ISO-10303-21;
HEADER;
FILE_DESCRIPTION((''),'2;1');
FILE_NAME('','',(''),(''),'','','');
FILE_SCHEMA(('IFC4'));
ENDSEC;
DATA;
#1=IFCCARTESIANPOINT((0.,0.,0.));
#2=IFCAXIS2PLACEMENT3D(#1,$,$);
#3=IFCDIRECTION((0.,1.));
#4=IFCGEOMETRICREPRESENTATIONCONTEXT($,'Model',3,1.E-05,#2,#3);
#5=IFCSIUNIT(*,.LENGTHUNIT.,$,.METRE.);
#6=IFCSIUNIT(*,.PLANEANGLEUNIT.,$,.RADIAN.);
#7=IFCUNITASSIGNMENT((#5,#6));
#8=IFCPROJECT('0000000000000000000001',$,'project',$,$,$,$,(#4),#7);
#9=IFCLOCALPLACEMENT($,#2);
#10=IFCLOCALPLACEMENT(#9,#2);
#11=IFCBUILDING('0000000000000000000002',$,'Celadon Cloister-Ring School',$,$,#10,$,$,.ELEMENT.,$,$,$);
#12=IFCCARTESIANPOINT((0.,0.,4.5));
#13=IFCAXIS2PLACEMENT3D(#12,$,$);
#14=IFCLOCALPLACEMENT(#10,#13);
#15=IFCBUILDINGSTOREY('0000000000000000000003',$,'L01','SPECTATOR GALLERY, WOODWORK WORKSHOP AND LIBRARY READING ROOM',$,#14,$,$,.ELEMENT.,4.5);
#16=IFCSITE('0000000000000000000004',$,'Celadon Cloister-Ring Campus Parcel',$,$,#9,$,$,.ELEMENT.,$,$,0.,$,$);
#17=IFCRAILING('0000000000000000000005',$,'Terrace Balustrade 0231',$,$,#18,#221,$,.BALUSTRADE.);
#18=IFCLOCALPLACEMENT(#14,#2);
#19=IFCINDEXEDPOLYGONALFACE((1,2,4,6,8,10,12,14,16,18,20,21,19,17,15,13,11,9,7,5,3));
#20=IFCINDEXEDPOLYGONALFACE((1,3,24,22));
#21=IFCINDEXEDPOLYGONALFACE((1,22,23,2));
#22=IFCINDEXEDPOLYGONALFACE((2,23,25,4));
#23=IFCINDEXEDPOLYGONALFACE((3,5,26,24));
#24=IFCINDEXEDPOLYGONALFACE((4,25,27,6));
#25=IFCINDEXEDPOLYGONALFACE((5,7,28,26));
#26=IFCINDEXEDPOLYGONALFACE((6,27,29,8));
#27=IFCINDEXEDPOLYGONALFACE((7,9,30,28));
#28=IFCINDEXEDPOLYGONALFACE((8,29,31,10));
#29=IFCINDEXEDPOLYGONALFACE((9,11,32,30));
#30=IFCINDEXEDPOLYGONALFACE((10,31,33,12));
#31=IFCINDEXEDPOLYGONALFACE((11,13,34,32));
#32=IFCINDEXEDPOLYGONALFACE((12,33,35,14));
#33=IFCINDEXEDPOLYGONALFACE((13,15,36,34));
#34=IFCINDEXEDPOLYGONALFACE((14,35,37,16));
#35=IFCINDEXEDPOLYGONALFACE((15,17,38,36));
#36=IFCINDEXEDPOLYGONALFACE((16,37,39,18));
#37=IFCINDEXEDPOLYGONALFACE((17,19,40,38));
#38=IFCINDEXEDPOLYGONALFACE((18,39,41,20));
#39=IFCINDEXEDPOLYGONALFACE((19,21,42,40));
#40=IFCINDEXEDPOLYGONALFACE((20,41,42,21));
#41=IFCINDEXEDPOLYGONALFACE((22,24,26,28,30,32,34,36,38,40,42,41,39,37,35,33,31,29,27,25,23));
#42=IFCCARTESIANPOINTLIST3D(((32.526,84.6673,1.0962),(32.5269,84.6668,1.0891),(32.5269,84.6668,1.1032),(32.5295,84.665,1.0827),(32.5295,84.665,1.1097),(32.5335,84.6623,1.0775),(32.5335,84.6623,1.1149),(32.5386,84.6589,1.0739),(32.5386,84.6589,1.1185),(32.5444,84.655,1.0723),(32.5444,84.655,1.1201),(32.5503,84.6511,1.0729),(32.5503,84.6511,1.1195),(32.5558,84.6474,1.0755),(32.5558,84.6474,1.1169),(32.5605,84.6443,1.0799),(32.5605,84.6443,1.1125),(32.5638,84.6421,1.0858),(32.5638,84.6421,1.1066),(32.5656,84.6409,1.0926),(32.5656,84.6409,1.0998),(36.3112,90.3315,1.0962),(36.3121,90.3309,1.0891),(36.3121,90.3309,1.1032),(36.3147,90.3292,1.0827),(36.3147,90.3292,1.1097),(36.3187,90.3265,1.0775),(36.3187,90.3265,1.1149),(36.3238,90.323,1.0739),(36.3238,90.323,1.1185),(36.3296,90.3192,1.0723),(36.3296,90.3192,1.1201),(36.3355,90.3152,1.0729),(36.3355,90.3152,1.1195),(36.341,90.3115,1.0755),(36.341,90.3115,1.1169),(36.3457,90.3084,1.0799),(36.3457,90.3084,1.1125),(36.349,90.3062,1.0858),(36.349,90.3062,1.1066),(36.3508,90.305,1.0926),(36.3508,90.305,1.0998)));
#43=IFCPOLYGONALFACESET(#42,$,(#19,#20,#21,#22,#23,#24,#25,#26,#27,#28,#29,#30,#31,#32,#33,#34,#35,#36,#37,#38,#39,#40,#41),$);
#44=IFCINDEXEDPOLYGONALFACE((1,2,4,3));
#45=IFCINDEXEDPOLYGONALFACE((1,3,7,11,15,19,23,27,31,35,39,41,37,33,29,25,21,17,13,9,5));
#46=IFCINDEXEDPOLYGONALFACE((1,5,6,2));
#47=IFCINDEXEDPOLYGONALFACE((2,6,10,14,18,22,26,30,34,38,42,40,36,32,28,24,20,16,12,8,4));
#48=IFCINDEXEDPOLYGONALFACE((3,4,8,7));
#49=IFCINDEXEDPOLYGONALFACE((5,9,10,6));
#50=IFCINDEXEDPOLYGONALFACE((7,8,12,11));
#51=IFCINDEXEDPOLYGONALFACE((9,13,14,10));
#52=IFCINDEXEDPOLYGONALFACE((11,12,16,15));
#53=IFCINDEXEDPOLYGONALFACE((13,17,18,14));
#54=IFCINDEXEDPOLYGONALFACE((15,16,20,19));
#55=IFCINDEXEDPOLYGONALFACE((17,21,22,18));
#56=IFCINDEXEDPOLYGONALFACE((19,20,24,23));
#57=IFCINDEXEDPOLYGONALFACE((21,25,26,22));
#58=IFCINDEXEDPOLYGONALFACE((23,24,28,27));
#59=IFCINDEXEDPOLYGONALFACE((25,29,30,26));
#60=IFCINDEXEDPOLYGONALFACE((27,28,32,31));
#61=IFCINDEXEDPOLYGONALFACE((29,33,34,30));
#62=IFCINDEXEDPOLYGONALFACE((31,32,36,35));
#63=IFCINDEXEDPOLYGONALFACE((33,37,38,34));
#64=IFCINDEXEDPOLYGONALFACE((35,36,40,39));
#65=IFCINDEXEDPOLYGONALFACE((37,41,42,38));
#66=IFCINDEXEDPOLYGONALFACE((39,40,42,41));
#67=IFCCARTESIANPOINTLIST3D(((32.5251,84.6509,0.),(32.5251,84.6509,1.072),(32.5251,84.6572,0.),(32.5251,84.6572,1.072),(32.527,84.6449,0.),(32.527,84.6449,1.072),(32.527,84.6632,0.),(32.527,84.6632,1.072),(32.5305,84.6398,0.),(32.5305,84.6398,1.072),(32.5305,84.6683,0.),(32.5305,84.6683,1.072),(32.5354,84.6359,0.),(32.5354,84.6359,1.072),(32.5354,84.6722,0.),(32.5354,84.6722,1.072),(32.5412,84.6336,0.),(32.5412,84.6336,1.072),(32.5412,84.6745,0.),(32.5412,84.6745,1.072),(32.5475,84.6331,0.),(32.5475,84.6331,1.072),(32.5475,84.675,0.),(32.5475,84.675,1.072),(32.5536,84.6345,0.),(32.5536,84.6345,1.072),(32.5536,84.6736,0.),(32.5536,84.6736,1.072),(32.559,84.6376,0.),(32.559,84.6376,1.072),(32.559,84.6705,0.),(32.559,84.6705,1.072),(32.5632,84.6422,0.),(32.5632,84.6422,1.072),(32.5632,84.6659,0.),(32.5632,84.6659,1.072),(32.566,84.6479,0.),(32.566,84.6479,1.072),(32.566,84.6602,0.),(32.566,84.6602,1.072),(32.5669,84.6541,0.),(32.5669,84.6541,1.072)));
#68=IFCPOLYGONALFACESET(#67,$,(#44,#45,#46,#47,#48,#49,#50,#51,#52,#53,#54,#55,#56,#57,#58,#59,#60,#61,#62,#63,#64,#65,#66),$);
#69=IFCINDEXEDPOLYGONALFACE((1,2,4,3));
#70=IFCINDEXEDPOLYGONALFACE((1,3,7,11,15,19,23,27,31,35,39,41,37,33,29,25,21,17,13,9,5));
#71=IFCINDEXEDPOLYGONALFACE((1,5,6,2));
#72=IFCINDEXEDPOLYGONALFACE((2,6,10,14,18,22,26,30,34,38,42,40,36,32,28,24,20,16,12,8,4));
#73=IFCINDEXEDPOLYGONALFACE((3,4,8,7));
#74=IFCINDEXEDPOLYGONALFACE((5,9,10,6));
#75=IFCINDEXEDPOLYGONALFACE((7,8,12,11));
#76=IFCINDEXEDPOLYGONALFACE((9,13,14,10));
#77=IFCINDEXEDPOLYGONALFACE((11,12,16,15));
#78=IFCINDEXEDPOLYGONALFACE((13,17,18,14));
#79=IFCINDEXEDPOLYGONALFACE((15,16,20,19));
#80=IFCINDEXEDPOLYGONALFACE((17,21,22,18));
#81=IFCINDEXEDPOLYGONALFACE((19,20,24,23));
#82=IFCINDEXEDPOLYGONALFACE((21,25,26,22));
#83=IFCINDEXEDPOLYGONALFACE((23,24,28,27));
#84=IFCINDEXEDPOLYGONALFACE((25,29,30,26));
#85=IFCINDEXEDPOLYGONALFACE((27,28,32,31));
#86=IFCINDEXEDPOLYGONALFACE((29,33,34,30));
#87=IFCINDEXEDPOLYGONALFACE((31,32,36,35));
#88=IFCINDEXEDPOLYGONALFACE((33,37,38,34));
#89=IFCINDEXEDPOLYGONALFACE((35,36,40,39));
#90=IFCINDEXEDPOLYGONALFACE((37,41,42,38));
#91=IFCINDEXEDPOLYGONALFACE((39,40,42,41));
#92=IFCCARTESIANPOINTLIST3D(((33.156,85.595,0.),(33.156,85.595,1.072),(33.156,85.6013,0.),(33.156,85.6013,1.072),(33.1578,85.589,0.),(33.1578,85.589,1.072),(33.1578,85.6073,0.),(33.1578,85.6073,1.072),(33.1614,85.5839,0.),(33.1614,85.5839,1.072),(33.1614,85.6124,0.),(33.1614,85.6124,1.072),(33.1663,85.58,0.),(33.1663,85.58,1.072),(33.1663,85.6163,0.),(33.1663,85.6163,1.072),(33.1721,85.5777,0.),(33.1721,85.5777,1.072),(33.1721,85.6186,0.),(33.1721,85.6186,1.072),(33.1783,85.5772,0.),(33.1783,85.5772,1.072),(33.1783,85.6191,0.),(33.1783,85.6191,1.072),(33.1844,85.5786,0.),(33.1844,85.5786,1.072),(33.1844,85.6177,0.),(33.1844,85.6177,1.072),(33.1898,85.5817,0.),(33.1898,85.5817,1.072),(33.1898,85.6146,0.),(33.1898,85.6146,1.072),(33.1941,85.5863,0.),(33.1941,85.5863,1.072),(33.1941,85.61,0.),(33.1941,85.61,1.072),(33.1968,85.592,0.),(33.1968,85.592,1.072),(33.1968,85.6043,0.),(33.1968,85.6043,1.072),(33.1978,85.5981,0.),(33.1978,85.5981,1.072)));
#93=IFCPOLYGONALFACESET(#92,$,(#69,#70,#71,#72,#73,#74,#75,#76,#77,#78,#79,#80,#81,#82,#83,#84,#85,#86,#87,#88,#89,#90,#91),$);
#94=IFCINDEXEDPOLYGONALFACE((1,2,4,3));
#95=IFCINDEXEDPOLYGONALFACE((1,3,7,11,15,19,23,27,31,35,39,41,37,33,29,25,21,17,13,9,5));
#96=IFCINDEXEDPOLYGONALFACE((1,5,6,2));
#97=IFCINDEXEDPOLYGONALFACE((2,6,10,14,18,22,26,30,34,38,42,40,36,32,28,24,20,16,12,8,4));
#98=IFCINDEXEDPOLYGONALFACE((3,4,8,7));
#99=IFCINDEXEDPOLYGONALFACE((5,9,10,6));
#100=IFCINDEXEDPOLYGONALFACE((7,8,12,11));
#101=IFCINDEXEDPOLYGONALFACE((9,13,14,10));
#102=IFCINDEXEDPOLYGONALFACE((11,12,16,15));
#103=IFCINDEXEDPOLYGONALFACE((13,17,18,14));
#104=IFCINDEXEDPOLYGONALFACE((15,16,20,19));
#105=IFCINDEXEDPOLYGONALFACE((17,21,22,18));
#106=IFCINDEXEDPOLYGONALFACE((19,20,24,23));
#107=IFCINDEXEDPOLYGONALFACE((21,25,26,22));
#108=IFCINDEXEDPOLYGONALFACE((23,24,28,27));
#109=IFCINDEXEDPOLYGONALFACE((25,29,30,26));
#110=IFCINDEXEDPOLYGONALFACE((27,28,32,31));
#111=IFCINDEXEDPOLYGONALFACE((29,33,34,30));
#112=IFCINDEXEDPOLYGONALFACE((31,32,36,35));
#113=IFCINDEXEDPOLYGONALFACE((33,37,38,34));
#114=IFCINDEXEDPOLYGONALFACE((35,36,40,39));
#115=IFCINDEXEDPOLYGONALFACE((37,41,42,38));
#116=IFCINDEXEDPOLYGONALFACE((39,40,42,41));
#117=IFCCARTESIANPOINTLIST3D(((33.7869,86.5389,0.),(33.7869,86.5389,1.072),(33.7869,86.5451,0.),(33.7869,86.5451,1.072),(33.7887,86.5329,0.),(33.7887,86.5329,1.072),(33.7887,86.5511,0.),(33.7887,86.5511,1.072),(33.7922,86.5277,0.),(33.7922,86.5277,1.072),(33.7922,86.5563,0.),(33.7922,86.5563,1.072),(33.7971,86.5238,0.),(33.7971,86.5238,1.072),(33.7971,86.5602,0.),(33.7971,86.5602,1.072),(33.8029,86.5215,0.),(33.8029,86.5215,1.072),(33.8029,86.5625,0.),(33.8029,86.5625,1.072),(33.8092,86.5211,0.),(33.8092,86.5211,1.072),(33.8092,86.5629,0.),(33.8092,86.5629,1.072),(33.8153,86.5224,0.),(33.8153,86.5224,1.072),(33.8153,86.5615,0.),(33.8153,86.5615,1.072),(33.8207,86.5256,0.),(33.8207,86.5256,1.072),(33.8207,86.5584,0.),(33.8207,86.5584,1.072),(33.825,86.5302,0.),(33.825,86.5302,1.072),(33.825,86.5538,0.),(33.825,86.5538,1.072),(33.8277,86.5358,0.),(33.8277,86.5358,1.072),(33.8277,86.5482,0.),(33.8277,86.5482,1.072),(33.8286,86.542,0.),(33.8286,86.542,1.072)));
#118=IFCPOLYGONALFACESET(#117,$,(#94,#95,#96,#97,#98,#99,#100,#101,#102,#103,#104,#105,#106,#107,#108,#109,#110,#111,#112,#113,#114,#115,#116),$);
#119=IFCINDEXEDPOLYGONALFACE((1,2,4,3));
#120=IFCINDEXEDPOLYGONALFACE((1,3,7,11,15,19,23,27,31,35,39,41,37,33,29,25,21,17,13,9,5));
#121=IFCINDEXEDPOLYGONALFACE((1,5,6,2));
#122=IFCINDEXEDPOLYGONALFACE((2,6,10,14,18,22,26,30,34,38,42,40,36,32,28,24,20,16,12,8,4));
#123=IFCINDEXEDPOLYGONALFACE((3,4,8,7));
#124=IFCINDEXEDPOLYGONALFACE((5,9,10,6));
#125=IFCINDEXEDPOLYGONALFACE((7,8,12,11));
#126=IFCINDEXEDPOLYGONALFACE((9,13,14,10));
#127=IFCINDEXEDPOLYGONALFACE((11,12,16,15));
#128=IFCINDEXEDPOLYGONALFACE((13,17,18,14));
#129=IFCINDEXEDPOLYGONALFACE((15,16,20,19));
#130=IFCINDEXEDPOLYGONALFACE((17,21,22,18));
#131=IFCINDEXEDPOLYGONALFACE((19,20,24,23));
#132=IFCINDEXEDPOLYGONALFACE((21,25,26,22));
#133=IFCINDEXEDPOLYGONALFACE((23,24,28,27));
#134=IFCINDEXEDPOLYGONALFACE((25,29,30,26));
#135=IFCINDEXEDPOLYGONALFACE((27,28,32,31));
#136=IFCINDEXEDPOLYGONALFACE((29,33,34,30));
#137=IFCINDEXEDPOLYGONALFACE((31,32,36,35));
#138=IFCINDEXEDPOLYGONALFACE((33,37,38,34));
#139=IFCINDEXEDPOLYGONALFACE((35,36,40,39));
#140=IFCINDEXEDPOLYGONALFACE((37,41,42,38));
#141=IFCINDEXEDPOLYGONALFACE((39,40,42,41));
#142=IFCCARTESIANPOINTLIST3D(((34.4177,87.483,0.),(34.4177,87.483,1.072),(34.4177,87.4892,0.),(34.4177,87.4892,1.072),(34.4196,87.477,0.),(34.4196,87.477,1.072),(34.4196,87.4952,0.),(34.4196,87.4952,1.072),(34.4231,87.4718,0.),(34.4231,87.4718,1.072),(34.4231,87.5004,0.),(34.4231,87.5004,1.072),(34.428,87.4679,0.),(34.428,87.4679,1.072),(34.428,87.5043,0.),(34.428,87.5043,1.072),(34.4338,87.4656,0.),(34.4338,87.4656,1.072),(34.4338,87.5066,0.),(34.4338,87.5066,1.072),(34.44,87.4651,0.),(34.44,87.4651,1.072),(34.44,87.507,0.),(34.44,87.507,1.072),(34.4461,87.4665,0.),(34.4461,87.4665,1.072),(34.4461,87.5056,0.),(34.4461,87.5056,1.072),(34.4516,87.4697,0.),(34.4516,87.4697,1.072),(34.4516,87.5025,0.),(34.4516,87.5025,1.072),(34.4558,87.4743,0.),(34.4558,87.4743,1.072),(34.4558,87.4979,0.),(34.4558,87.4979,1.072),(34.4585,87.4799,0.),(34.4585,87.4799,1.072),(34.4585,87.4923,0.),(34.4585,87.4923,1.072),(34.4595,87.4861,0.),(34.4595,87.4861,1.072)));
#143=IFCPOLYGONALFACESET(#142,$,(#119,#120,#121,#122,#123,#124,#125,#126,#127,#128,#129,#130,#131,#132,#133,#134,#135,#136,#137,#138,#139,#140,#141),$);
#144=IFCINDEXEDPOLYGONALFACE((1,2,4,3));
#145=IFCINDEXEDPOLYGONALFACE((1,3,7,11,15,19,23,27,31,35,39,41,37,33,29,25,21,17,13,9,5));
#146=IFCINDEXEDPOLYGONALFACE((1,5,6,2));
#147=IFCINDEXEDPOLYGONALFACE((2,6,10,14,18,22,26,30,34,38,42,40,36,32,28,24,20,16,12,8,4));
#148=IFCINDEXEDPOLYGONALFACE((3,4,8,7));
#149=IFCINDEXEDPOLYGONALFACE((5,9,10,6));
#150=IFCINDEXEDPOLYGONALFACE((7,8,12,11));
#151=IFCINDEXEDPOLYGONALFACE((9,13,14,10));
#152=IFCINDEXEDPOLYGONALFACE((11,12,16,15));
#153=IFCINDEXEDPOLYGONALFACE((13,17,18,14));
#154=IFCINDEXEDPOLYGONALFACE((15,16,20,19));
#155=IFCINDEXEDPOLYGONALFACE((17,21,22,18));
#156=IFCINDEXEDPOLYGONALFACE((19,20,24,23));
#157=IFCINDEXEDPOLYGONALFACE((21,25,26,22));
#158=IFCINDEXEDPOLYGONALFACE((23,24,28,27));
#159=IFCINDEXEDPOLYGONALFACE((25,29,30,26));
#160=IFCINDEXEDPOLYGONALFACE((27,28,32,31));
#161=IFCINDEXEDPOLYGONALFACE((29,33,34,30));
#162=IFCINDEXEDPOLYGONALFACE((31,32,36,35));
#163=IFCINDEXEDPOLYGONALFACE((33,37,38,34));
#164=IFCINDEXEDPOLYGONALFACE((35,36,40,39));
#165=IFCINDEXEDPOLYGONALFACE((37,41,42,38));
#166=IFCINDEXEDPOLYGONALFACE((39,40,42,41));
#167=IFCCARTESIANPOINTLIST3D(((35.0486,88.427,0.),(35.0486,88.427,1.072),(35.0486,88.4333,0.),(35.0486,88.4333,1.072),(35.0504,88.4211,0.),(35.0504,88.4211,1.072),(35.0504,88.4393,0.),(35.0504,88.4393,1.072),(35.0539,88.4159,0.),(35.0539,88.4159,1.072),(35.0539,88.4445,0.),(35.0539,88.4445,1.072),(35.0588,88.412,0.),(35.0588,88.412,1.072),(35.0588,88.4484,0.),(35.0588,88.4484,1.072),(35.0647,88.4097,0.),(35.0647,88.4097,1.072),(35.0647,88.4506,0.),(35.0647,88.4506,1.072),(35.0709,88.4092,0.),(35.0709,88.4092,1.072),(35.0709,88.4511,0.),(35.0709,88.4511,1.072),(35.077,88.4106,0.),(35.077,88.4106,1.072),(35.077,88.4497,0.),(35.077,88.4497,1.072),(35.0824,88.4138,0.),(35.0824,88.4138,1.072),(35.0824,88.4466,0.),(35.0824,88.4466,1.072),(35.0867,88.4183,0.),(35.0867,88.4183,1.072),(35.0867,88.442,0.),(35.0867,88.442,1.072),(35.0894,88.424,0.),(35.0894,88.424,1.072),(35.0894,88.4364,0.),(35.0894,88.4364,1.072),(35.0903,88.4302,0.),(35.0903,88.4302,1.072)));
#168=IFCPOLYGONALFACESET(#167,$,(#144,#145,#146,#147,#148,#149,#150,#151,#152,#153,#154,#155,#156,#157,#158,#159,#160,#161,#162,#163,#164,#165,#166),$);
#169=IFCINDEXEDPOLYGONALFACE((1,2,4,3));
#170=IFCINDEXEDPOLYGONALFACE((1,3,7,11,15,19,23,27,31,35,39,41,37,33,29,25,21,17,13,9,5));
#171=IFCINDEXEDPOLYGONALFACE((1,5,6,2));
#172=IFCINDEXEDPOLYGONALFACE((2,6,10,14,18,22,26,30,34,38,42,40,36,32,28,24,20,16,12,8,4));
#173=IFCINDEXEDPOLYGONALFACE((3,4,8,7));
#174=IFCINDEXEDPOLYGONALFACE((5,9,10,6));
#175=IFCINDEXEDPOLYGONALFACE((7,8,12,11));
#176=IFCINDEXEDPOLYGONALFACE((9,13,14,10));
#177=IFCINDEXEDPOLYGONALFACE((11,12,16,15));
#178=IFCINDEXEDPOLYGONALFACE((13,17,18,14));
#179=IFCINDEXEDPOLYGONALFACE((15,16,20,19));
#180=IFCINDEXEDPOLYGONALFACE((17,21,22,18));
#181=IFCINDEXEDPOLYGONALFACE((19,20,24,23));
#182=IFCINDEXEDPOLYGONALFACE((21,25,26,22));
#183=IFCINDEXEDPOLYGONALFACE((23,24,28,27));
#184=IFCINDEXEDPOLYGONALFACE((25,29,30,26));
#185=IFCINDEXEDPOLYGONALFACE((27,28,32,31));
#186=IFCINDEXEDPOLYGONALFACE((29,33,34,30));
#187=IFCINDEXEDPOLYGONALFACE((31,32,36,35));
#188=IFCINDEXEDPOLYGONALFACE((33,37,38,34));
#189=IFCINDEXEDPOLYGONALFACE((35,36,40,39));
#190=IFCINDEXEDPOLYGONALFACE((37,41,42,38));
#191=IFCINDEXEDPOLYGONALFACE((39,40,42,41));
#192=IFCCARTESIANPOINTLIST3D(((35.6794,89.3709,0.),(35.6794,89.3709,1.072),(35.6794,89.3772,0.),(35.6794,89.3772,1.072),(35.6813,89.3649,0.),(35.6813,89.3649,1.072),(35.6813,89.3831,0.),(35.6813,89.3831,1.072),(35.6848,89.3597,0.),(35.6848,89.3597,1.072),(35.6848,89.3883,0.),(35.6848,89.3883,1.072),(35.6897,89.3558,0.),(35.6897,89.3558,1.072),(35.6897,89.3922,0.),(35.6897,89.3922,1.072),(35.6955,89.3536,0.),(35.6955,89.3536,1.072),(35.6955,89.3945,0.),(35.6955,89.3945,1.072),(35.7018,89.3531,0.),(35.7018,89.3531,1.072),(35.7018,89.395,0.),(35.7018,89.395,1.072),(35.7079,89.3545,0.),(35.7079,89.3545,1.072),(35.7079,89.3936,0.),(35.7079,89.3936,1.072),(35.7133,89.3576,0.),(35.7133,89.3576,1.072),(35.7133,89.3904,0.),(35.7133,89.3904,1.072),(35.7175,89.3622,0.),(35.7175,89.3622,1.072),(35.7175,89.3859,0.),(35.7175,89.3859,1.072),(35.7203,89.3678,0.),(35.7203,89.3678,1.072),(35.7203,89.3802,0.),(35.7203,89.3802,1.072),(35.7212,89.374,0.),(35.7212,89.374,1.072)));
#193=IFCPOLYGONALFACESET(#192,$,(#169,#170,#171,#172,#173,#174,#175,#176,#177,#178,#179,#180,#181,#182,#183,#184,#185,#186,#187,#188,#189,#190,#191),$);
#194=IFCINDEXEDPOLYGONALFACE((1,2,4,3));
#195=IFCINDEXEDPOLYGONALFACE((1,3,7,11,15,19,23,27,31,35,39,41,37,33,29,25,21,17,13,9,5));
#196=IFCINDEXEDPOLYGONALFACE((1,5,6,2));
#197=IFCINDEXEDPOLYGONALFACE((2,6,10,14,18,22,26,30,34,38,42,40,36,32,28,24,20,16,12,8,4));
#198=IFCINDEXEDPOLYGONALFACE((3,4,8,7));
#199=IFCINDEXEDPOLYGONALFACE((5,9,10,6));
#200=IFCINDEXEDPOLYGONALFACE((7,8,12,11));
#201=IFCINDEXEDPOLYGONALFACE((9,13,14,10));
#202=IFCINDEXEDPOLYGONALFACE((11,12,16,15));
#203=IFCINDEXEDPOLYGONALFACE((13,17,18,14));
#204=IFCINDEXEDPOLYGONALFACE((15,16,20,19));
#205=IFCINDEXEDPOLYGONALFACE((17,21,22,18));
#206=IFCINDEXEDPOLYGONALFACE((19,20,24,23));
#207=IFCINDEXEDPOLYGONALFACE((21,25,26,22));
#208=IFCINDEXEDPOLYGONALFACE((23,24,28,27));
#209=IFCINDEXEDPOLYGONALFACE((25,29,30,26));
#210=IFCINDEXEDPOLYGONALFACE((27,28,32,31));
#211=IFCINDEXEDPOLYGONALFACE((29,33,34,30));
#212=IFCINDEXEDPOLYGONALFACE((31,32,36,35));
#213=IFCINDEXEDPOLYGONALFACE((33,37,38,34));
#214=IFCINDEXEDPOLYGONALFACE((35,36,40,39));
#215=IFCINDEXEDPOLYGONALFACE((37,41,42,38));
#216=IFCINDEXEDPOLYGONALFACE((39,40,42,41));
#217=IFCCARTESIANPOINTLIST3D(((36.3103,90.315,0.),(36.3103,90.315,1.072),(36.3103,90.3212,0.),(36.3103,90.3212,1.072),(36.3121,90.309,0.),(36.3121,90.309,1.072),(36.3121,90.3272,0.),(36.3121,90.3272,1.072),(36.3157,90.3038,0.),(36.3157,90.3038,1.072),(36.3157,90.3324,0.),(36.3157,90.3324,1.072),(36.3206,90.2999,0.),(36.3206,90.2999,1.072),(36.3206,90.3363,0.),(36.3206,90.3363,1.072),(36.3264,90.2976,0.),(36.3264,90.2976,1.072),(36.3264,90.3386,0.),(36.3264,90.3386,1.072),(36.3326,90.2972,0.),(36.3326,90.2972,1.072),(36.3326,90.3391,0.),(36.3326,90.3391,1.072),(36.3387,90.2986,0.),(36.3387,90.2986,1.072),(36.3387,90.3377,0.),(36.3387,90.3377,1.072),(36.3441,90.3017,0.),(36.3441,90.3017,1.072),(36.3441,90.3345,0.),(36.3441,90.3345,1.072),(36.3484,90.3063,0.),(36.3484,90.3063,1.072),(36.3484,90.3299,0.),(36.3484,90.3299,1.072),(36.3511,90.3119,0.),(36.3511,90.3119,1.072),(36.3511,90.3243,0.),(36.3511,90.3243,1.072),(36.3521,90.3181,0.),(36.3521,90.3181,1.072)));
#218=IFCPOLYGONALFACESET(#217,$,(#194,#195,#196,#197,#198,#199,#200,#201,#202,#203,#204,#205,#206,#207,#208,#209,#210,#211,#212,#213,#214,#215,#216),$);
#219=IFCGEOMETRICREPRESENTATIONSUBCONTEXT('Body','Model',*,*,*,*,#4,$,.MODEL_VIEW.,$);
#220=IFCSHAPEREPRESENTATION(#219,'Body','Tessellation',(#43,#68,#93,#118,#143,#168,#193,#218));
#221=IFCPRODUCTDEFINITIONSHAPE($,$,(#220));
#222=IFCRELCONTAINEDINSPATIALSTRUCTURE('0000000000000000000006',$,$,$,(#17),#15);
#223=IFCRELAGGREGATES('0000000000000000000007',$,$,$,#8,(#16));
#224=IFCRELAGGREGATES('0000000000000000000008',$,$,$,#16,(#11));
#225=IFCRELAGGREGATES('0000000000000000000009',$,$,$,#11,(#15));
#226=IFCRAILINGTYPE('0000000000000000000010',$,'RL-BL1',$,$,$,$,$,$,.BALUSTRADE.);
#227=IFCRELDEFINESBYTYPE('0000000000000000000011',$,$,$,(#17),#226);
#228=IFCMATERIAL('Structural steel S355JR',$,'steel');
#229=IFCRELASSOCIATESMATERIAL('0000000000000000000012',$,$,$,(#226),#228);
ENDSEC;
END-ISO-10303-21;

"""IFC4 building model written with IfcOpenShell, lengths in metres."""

from ifc_helpers import new_model, si_unit, direction, frame, origin, origin_2d, place, context, subcontext, project, spatial, circle, extrude, material, type_object, element, save


model = new_model("IFC4")

# Units and contexts
model_context = context("Model", 3, precision=1e-05, world=origin(), true_north=direction((0.0, 1.0)))
body_context = subcontext(model_context, "Body", "Model", "MODEL_VIEW")
ifc_project = project(units=[si_unit("LENGTHUNIT", "METRE"), si_unit("PLANEANGLEUNIT", "RADIAN")], contexts=[model_context])

# Site, building, storey
site_placement = place(None, origin())
site = spatial("IfcSite", under=ifc_project, at=site_placement, Name="Celadon Cloister-Ring Campus Parcel", CompositionType="ELEMENT", RefElevation=0.0)
building_placement = place(site_placement, origin())
building = spatial("IfcBuilding", under=site, at=building_placement, Name="Celadon Cloister-Ring School", CompositionType="ELEMENT")
storey_placement = place(building_placement, frame((0.0, 0.0, 4.5)))
storey = spatial("IfcBuildingStorey", under=building, at=storey_placement, Name="L01", Description="SPECTATOR GALLERY, WOODWORK WORKSHOP AND LIBRARY READING ROOM", CompositionType="ELEMENT", Elevation=4.5)

# Railing
ifc_material_1 = material(Name="Structural steel S355JR", Category="steel")
railing_type = type_object("IfcRailingType", Name="RL-BL1", PredefinedType="BALUSTRADE", material=ifc_material_1)
railing_1_placement = place(storey_placement, frame((32.5459, 84.6541, 0.0)))
element("IfcRailing", 1, at=railing_1_placement, inside=storey, type_object=railing_type, Name="Terrace Balustrade 0231", PredefinedType="BALUSTRADE", context=body_context, shape_type="SweptSolid", body=[
    extrude(circle(Radius=0.0239, at=origin_2d()), frame((0.0, 0.0, 1.0962), z_axis=(0.555626, 0.831432, 0.0), x_axis=(-0.831432, 0.555626, 0.0)), (0.0, 0.0, 1.0), 6.8125),
    extrude(circle(Radius=0.021, at=origin_2d()), origin(), (0.0, 0.0, 1.0), 1.072),
    extrude(circle(Radius=0.021, at=origin_2d()), frame((0.6309, 0.9441, 0.0)), (0.0, 0.0, 1.0), 1.072),
    extrude(circle(Radius=0.021, at=origin_2d()), frame((1.2617, 1.8879, 0.0)), (0.0, 0.0, 1.0), 1.072),
    extrude(circle(Radius=0.021, at=origin_2d()), frame((1.8926, 2.832, 0.0)), (0.0, 0.0, 1.0), 1.072),
    extrude(circle(Radius=0.021, at=origin_2d()), frame((2.5234, 3.7761, 0.0)), (0.0, 0.0, 1.0), 1.072),
    extrude(circle(Radius=0.021, at=origin_2d()), frame((3.1543, 4.72, 0.0)), (0.0, 0.0, 1.0), 1.072),
    extrude(circle(Radius=0.021, at=origin_2d()), frame((3.7852, 5.6641, 0.0)), (0.0, 0.0, 1.0), 1.072),
])

save(model, "model.ifc")
